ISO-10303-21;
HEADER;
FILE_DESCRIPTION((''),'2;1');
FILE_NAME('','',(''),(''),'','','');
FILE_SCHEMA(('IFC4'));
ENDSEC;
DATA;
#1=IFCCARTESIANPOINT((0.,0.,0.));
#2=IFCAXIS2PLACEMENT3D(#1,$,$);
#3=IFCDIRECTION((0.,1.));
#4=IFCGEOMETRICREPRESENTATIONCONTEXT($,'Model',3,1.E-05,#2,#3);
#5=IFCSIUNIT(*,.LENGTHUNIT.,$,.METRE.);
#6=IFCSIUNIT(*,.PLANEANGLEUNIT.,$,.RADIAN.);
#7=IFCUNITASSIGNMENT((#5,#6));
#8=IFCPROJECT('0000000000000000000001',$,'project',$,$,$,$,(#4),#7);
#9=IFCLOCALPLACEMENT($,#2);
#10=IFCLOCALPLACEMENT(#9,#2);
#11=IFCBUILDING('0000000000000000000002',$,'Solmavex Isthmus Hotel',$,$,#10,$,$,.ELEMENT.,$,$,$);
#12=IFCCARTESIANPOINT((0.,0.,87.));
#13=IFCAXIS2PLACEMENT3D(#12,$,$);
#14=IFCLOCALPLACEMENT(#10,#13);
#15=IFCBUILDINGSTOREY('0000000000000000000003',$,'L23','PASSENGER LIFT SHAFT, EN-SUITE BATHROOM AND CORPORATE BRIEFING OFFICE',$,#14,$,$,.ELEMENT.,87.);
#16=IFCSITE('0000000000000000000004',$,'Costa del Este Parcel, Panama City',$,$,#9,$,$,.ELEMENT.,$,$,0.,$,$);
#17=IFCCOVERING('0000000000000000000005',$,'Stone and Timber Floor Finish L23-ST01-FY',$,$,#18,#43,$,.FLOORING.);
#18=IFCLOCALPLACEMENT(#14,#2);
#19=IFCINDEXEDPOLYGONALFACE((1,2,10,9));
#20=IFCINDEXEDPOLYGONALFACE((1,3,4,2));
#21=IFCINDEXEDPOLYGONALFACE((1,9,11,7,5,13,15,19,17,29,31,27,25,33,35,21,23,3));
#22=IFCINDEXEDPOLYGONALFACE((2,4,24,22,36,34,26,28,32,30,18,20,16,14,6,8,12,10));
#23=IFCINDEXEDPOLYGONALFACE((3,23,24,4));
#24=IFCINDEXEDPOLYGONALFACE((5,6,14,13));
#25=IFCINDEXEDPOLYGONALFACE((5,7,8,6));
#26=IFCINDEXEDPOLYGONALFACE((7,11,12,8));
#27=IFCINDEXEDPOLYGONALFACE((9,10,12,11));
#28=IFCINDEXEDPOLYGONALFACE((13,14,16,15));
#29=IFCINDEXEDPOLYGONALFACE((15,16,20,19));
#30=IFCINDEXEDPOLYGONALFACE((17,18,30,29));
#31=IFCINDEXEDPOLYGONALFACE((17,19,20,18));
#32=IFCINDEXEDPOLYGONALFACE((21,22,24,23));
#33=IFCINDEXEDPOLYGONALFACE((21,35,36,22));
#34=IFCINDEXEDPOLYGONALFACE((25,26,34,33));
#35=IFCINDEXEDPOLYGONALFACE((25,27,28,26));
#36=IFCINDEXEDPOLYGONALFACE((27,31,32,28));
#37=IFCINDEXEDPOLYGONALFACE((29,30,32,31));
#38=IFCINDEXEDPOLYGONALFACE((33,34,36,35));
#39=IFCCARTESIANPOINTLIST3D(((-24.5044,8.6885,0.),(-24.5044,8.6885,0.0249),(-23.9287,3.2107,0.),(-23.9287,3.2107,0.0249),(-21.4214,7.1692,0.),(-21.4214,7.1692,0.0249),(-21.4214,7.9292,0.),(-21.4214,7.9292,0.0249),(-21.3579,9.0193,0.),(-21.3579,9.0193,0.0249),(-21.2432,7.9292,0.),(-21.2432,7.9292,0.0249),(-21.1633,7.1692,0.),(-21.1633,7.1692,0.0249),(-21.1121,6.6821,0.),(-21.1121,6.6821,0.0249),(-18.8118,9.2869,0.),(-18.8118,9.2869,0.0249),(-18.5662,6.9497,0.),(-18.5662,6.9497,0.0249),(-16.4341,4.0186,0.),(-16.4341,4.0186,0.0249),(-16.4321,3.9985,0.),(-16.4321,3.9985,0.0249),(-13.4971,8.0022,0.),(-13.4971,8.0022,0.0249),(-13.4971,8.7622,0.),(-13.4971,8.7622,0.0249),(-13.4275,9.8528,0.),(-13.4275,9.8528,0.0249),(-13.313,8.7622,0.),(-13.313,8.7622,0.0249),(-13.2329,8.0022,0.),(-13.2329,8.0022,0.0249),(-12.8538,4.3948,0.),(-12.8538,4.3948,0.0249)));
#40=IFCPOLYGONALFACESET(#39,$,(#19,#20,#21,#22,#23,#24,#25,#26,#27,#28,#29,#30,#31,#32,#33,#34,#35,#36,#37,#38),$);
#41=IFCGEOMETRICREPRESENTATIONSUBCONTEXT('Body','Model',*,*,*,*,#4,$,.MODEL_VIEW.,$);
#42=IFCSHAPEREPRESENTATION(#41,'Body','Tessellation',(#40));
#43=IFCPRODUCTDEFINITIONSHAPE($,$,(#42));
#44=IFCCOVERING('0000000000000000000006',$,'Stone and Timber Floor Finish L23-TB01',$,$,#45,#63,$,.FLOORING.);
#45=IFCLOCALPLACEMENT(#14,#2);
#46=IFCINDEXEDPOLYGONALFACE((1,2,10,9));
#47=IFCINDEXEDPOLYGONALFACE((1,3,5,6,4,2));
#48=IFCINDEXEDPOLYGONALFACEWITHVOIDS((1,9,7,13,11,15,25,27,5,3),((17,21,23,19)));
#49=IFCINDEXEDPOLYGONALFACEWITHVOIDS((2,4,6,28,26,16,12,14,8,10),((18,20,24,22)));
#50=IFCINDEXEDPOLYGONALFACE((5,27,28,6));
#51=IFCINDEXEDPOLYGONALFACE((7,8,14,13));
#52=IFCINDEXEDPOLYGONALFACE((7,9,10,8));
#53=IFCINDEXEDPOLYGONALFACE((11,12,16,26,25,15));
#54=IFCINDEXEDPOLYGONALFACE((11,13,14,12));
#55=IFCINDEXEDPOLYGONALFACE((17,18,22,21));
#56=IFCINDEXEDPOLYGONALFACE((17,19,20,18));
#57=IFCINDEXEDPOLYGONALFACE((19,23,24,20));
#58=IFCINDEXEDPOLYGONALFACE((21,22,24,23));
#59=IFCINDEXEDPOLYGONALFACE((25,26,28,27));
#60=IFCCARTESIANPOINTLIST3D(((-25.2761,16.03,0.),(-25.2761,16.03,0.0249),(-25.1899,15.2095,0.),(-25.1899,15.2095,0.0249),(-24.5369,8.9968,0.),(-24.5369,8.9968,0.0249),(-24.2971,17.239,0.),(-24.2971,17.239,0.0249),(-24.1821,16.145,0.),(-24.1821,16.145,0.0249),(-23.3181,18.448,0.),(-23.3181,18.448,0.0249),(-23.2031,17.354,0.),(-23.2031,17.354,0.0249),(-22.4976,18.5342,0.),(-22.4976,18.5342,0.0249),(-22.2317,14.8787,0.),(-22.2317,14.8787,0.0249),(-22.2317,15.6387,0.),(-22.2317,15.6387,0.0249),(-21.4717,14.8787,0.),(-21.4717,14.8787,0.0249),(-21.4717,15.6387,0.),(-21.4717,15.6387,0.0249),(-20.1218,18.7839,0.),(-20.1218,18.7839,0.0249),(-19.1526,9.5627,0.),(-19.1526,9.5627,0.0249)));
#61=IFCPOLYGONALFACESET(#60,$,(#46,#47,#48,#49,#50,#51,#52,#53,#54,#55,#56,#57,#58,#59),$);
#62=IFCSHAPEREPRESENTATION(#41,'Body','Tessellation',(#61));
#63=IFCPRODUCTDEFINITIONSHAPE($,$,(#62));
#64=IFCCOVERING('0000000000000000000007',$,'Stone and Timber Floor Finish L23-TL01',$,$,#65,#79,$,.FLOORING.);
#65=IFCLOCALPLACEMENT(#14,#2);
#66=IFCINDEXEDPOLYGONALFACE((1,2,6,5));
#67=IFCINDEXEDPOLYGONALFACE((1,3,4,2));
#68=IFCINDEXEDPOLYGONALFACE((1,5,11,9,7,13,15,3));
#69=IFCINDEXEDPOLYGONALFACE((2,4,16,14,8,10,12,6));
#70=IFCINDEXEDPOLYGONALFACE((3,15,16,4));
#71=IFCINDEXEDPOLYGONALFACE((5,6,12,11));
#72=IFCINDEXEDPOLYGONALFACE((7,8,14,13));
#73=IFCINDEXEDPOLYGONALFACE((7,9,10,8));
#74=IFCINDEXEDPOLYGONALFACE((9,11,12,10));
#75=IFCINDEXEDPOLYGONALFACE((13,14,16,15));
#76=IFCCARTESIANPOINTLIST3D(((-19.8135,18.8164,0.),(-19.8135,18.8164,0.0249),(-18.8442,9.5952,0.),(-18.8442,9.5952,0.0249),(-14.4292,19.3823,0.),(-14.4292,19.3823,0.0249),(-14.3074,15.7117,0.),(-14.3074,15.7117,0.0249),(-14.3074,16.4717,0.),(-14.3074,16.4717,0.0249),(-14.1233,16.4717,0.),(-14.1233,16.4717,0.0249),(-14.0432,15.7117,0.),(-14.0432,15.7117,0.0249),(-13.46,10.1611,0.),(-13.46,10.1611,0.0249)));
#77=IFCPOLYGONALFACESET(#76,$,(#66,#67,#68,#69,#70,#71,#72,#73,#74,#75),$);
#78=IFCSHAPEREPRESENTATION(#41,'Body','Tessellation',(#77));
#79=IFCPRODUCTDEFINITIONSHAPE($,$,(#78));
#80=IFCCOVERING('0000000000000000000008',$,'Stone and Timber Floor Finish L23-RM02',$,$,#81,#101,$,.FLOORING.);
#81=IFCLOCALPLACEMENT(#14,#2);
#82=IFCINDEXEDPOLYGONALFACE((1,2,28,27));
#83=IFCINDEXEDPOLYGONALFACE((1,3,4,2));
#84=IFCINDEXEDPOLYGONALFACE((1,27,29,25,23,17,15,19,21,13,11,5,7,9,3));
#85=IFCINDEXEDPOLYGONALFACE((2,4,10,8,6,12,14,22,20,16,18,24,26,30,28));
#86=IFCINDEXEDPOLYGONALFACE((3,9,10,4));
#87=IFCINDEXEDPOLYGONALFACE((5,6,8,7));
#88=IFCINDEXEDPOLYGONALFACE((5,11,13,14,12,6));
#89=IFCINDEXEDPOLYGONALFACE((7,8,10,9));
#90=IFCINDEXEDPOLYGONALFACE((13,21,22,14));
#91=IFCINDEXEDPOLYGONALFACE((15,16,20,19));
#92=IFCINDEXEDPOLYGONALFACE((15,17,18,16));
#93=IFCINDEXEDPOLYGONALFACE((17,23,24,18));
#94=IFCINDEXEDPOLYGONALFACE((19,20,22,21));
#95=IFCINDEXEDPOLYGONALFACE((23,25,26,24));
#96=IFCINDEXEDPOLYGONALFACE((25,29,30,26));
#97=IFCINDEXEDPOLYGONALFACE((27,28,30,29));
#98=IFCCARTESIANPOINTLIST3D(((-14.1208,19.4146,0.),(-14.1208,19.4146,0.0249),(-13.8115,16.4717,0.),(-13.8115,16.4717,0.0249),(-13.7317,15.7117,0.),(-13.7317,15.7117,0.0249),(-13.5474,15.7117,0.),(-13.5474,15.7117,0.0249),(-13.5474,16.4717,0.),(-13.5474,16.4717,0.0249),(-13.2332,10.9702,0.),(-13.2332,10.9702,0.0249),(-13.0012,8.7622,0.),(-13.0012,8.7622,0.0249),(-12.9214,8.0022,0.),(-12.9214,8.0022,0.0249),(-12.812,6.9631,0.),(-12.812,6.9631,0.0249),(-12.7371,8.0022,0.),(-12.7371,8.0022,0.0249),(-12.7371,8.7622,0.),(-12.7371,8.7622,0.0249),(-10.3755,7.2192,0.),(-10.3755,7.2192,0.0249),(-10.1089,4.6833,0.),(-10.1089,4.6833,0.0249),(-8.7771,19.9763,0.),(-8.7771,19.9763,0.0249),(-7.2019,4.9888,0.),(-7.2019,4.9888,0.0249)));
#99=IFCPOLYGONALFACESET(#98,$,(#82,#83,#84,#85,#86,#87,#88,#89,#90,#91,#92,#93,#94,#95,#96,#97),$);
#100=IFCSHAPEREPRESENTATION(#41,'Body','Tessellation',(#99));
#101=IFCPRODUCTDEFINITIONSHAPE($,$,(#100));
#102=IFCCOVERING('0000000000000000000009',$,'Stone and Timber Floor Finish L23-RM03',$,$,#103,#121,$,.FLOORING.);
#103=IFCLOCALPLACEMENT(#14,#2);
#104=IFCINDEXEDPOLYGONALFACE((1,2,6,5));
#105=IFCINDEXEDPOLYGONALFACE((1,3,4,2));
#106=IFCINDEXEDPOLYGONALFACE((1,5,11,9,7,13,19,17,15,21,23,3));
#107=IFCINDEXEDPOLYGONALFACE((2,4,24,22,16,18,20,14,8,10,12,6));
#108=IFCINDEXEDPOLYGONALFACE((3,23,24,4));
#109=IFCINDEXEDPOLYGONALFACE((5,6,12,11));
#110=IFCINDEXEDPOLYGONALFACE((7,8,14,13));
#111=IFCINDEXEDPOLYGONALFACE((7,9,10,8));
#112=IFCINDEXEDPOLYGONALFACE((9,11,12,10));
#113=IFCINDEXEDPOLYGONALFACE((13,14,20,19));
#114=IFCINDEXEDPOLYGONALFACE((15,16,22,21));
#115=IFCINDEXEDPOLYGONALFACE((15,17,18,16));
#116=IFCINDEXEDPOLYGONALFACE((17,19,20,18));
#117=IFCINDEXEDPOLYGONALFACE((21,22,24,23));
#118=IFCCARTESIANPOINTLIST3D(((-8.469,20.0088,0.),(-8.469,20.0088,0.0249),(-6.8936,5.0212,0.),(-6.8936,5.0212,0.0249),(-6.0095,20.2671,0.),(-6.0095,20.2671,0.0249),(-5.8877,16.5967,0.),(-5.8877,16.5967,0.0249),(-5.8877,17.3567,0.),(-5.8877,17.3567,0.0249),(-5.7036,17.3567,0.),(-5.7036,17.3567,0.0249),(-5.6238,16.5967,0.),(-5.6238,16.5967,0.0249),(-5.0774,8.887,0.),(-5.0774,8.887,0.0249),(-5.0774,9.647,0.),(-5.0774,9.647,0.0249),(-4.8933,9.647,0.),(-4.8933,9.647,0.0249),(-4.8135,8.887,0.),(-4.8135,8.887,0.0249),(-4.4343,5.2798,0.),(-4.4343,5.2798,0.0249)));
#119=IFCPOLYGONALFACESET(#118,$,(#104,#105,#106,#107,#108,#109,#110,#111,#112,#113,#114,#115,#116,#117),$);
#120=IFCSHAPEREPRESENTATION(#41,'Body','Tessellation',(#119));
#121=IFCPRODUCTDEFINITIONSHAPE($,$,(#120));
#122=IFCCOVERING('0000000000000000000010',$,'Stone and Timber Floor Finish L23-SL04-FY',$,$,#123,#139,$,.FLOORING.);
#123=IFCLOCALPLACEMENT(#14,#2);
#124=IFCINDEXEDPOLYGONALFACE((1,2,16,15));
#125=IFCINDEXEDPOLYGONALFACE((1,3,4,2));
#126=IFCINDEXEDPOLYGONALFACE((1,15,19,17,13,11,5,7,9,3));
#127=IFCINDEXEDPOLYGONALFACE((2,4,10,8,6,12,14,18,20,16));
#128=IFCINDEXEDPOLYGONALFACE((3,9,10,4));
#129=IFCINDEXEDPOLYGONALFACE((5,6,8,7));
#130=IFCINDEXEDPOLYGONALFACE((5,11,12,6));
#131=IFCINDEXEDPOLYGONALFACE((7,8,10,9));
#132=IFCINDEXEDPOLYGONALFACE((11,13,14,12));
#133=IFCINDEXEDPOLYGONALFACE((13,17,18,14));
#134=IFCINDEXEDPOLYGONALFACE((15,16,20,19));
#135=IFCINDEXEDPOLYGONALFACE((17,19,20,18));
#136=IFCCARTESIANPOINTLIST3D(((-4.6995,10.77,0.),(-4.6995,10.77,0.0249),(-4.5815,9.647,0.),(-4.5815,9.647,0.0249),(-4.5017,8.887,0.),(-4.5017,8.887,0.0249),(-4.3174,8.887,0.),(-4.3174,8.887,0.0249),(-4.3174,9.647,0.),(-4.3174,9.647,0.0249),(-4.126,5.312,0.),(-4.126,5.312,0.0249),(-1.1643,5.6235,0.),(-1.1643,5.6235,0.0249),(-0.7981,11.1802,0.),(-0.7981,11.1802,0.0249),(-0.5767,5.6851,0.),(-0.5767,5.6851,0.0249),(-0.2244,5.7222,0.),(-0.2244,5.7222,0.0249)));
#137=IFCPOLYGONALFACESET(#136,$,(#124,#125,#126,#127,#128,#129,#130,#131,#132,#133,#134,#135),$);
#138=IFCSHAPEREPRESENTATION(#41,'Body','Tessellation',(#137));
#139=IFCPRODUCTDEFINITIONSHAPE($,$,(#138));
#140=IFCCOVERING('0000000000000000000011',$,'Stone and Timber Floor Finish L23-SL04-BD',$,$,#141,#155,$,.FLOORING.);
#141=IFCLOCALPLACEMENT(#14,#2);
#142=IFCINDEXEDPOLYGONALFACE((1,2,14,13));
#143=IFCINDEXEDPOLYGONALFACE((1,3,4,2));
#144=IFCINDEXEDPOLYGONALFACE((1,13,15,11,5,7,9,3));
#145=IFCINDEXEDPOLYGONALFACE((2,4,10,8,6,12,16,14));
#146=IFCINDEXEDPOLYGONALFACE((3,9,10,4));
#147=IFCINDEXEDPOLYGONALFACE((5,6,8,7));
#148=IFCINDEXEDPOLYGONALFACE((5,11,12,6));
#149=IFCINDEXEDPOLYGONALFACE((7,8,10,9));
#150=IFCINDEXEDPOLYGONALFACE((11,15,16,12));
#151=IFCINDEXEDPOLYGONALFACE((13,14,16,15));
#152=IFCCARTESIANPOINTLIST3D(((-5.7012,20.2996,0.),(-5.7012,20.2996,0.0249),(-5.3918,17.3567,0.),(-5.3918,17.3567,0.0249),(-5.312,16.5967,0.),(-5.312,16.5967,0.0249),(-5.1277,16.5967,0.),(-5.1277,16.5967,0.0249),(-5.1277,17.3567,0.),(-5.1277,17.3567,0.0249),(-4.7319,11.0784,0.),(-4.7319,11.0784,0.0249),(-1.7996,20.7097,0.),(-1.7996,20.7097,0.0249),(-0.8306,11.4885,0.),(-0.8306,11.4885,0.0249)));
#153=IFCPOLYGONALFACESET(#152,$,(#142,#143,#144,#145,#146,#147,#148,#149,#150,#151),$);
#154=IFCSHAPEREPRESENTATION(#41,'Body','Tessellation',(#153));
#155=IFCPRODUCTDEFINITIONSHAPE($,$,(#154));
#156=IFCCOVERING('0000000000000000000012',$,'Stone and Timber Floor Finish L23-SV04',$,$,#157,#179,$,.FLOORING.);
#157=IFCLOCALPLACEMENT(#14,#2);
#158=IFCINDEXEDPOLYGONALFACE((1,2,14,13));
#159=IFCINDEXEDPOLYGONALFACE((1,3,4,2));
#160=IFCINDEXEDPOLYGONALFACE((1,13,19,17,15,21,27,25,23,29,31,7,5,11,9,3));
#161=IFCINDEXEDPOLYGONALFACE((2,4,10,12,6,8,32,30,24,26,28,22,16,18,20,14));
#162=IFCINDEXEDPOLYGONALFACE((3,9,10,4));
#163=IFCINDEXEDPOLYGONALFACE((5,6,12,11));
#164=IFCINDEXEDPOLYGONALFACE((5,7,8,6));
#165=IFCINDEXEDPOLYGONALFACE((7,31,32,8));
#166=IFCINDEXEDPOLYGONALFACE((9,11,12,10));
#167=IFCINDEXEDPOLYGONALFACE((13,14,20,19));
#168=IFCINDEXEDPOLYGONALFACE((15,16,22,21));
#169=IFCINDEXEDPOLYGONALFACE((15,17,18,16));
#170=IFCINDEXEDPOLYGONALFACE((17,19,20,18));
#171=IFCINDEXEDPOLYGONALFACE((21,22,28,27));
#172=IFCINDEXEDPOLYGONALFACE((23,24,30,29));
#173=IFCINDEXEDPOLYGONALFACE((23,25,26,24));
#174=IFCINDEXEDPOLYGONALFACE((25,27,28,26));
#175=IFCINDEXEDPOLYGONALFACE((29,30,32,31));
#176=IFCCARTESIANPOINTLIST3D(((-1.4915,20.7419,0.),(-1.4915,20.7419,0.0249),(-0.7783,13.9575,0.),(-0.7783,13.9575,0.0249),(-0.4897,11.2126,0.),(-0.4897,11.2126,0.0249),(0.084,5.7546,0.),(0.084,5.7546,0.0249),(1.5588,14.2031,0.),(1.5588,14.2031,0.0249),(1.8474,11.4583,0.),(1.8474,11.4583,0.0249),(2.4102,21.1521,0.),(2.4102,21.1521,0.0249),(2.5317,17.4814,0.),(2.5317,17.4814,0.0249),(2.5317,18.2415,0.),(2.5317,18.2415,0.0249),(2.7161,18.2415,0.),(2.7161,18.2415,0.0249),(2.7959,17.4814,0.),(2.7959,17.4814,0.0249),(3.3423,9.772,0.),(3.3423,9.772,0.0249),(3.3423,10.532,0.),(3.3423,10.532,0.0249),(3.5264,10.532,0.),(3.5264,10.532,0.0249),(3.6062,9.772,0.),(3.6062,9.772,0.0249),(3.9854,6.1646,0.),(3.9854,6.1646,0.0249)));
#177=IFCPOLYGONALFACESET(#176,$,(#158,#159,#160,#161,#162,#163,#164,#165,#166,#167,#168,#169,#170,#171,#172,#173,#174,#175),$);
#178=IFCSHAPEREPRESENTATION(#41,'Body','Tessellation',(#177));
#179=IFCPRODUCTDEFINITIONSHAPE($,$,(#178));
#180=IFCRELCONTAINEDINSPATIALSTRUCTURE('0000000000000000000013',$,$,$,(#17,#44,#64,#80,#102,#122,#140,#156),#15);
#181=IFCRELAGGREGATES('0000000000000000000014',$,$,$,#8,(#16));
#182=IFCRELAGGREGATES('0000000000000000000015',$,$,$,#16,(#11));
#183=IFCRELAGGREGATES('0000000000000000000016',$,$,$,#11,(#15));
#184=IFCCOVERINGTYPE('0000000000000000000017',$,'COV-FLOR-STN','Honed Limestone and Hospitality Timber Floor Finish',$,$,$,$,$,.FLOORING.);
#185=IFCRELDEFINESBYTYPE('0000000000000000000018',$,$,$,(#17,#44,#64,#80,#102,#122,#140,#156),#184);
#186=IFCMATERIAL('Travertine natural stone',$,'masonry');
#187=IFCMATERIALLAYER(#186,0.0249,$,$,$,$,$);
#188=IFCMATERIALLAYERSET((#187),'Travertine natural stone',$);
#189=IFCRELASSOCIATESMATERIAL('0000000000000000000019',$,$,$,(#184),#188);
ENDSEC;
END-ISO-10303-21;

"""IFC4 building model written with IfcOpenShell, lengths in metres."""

from ifc_helpers import new_model, si_unit, direction, frame, origin, place, context, subcontext, project, spatial, polyline, outline, extrude, material, layer, layer_set, type_object, element, save


model = new_model("IFC4")

# Units and contexts
model_context = context("Model", 3, precision=1e-05, world=origin(), true_north=direction((0.0, 1.0)))
body_context = subcontext(model_context, "Body", "Model", "MODEL_VIEW")
ifc_project = project(units=[si_unit("LENGTHUNIT", "METRE"), si_unit("PLANEANGLEUNIT", "RADIAN")], contexts=[model_context])

# Site, building, storey
site_placement = place(None, origin())
site = spatial("IfcSite", under=ifc_project, at=site_placement, Name="Costa del Este Parcel, Panama City", CompositionType="ELEMENT", RefElevation=0.0)
building_placement = place(site_placement, origin())
building = spatial("IfcBuilding", under=site, at=building_placement, Name="Solmavex Isthmus Hotel", CompositionType="ELEMENT")
storey_placement = place(building_placement, frame((0.0, 0.0, 87.0)))
storey = spatial("IfcBuildingStorey", under=building, at=storey_placement, Name="L23", Description="PASSENGER LIFT SHAFT, EN-SUITE BATHROOM AND CORPORATE BRIEFING OFFICE", CompositionType="ELEMENT", Elevation=87.0)

# Coverings
ifc_material_1 = material(Name="Travertine natural stone", Category="masonry")
ifc_layer_1 = layer(ifc_material_1, 0.0249)
ifc_layer_set_1 = layer_set([ifc_layer_1], Name="Travertine natural stone")
covering_type_1 = type_object("IfcCoveringType", Name="COV-FLOR-STN", Description="Honed Limestone and Hospitality Timber Floor Finish", PredefinedType="FLOORING", material=ifc_layer_set_1)
covering_1_placement = place(storey_placement, origin())
element("IfcCovering", 1, at=covering_1_placement, inside=storey, type_object=covering_type_1, Name="Stone and Timber Floor Finish L23-ST01-FY", PredefinedType="FLOORING", context=body_context, shape_type="SweptSolid", body=[
    extrude(outline(polyline([(-21.1633, 7.1692), (-21.4214, 7.1692), (-21.4214, 7.9292), (-21.2432, 7.9292), (-21.3579, 9.0193), (-24.5044, 8.6885), (-23.9287, 3.2107), (-16.4321, 3.9985), (-16.4341, 4.0186), (-12.8538, 4.3948), (-13.2329, 8.0022), (-13.4971, 8.0022), (-13.4971, 8.7622), (-13.313, 8.7622), (-13.4275, 9.8528), (-18.8118, 9.2869), (-18.5662, 6.9497), (-21.1121, 6.6821), (-21.1633, 7.1692)])), origin(), (0.0, 0.0, 1.0), 0.0249),
])
covering_2_placement = place(storey_placement, origin())
element("IfcCovering", 2, at=covering_2_placement, inside=storey, type_object=covering_type_1, Name="Stone and Timber Floor Finish L23-TB01", PredefinedType="FLOORING", context=body_context, shape_type="SweptSolid", body=[
    extrude(outline(polyline([(-25.2761, 16.03), (-25.1899, 15.2095), (-24.5369, 8.9968), (-19.1526, 9.5627), (-20.1218, 18.7839), (-22.4976, 18.5342), (-23.3181, 18.448), (-23.2031, 17.354), (-24.2971, 17.239), (-24.1821, 16.145), (-25.2761, 16.03)]), holes=[polyline([(-22.2317, 14.8787), (-22.2317, 15.6387), (-21.4717, 15.6387), (-21.4717, 14.8787), (-22.2317, 14.8787)])]), origin(), (0.0, 0.0, 1.0), 0.0249),
])
covering_3_placement = place(storey_placement, origin())
element("IfcCovering", 3, at=covering_3_placement, inside=storey, type_object=covering_type_1, Name="Stone and Timber Floor Finish L23-TL01", PredefinedType="FLOORING", context=body_context, shape_type="SweptSolid", body=[
    extrude(outline(polyline([(-14.0432, 15.7117), (-14.3074, 15.7117), (-14.3074, 16.4717), (-14.1233, 16.4717), (-14.4292, 19.3823), (-19.8135, 18.8164), (-18.8442, 9.5952), (-13.46, 10.1611), (-14.0432, 15.7117)])), origin(), (0.0, 0.0, 1.0), 0.0249),
])
covering_4_placement = place(storey_placement, origin())
element("IfcCovering", 4, at=covering_4_placement, inside=storey, type_object=covering_type_1, Name="Stone and Timber Floor Finish L23-RM02", PredefinedType="FLOORING", context=body_context, shape_type="SweptSolid", body=[
    extrude(outline(polyline([(-13.8115, 16.4717), (-13.5474, 16.4717), (-13.5474, 15.7117), (-13.7317, 15.7117), (-13.2332, 10.9702), (-13.0012, 8.7622), (-12.7371, 8.7622), (-12.7371, 8.0022), (-12.9214, 8.0022), (-12.812, 6.9631), (-10.3755, 7.2192), (-10.1089, 4.6833), (-7.2019, 4.9888), (-8.7771, 19.9763), (-14.1208, 19.4146), (-13.8115, 16.4717)])), origin(), (0.0, 0.0, 1.0), 0.0249),
])
covering_5_placement = place(storey_placement, origin())
element("IfcCovering", 5, at=covering_5_placement, inside=storey, type_object=covering_type_1, Name="Stone and Timber Floor Finish L23-RM03", PredefinedType="FLOORING", context=body_context, shape_type="SweptSolid", body=[
    extrude(outline(polyline([(-5.6238, 16.5967), (-5.8877, 16.5967), (-5.8877, 17.3567), (-5.7036, 17.3567), (-6.0095, 20.2671), (-8.469, 20.0088), (-6.8936, 5.0212), (-4.4343, 5.2798), (-4.8135, 8.887), (-5.0774, 8.887), (-5.0774, 9.647), (-4.8933, 9.647), (-5.6238, 16.5967)])), origin(), (0.0, 0.0, 1.0), 0.0249),
])
covering_6_placement = place(storey_placement, origin())
element("IfcCovering", 6, at=covering_6_placement, inside=storey, type_object=covering_type_1, Name="Stone and Timber Floor Finish L23-SL04-FY", PredefinedType="FLOORING", context=body_context, shape_type="SweptSolid", body=[
    extrude(outline(polyline([(-4.5815, 9.647), (-4.3174, 9.647), (-4.3174, 8.887), (-4.5017, 8.887), (-4.126, 5.312), (-1.1643, 5.6235), (-0.5767, 5.6851), (-0.2244, 5.7222), (-0.7981, 11.1802), (-4.6995, 10.77), (-4.5815, 9.647)])), origin(), (0.0, 0.0, 1.0), 0.0249),
])
covering_7_placement = place(storey_placement, origin())
element("IfcCovering", 7, at=covering_7_placement, inside=storey, type_object=covering_type_1, Name="Stone and Timber Floor Finish L23-SL04-BD", PredefinedType="FLOORING", context=body_context, shape_type="SweptSolid", body=[
    extrude(outline(polyline([(-5.3918, 17.3567), (-5.1277, 17.3567), (-5.1277, 16.5967), (-5.312, 16.5967), (-4.7319, 11.0784), (-0.8306, 11.4885), (-1.7996, 20.7097), (-5.7012, 20.2996), (-5.3918, 17.3567)])), origin(), (0.0, 0.0, 1.0), 0.0249),
])
covering_8_placement = place(storey_placement, origin())
element("IfcCovering", 8, at=covering_8_placement, inside=storey, type_object=covering_type_1, Name="Stone and Timber Floor Finish L23-SV04", PredefinedType="FLOORING", context=body_context, shape_type="SweptSolid", body=[
    extrude(outline(polyline([(-0.4897, 11.2126), (0.084, 5.7546), (3.9854, 6.1646), (3.6062, 9.772), (3.3423, 9.772), (3.3423, 10.532), (3.5264, 10.532), (2.7959, 17.4814), (2.5317, 17.4814), (2.5317, 18.2415), (2.7161, 18.2415), (2.4102, 21.1521), (-1.4915, 20.7419), (-0.7783, 13.9575), (1.5588, 14.2031), (1.8474, 11.4583), (-0.4897, 11.2126)])), origin(), (0.0, 0.0, 1.0), 0.0249),
])

save(model, "model.ifc")
